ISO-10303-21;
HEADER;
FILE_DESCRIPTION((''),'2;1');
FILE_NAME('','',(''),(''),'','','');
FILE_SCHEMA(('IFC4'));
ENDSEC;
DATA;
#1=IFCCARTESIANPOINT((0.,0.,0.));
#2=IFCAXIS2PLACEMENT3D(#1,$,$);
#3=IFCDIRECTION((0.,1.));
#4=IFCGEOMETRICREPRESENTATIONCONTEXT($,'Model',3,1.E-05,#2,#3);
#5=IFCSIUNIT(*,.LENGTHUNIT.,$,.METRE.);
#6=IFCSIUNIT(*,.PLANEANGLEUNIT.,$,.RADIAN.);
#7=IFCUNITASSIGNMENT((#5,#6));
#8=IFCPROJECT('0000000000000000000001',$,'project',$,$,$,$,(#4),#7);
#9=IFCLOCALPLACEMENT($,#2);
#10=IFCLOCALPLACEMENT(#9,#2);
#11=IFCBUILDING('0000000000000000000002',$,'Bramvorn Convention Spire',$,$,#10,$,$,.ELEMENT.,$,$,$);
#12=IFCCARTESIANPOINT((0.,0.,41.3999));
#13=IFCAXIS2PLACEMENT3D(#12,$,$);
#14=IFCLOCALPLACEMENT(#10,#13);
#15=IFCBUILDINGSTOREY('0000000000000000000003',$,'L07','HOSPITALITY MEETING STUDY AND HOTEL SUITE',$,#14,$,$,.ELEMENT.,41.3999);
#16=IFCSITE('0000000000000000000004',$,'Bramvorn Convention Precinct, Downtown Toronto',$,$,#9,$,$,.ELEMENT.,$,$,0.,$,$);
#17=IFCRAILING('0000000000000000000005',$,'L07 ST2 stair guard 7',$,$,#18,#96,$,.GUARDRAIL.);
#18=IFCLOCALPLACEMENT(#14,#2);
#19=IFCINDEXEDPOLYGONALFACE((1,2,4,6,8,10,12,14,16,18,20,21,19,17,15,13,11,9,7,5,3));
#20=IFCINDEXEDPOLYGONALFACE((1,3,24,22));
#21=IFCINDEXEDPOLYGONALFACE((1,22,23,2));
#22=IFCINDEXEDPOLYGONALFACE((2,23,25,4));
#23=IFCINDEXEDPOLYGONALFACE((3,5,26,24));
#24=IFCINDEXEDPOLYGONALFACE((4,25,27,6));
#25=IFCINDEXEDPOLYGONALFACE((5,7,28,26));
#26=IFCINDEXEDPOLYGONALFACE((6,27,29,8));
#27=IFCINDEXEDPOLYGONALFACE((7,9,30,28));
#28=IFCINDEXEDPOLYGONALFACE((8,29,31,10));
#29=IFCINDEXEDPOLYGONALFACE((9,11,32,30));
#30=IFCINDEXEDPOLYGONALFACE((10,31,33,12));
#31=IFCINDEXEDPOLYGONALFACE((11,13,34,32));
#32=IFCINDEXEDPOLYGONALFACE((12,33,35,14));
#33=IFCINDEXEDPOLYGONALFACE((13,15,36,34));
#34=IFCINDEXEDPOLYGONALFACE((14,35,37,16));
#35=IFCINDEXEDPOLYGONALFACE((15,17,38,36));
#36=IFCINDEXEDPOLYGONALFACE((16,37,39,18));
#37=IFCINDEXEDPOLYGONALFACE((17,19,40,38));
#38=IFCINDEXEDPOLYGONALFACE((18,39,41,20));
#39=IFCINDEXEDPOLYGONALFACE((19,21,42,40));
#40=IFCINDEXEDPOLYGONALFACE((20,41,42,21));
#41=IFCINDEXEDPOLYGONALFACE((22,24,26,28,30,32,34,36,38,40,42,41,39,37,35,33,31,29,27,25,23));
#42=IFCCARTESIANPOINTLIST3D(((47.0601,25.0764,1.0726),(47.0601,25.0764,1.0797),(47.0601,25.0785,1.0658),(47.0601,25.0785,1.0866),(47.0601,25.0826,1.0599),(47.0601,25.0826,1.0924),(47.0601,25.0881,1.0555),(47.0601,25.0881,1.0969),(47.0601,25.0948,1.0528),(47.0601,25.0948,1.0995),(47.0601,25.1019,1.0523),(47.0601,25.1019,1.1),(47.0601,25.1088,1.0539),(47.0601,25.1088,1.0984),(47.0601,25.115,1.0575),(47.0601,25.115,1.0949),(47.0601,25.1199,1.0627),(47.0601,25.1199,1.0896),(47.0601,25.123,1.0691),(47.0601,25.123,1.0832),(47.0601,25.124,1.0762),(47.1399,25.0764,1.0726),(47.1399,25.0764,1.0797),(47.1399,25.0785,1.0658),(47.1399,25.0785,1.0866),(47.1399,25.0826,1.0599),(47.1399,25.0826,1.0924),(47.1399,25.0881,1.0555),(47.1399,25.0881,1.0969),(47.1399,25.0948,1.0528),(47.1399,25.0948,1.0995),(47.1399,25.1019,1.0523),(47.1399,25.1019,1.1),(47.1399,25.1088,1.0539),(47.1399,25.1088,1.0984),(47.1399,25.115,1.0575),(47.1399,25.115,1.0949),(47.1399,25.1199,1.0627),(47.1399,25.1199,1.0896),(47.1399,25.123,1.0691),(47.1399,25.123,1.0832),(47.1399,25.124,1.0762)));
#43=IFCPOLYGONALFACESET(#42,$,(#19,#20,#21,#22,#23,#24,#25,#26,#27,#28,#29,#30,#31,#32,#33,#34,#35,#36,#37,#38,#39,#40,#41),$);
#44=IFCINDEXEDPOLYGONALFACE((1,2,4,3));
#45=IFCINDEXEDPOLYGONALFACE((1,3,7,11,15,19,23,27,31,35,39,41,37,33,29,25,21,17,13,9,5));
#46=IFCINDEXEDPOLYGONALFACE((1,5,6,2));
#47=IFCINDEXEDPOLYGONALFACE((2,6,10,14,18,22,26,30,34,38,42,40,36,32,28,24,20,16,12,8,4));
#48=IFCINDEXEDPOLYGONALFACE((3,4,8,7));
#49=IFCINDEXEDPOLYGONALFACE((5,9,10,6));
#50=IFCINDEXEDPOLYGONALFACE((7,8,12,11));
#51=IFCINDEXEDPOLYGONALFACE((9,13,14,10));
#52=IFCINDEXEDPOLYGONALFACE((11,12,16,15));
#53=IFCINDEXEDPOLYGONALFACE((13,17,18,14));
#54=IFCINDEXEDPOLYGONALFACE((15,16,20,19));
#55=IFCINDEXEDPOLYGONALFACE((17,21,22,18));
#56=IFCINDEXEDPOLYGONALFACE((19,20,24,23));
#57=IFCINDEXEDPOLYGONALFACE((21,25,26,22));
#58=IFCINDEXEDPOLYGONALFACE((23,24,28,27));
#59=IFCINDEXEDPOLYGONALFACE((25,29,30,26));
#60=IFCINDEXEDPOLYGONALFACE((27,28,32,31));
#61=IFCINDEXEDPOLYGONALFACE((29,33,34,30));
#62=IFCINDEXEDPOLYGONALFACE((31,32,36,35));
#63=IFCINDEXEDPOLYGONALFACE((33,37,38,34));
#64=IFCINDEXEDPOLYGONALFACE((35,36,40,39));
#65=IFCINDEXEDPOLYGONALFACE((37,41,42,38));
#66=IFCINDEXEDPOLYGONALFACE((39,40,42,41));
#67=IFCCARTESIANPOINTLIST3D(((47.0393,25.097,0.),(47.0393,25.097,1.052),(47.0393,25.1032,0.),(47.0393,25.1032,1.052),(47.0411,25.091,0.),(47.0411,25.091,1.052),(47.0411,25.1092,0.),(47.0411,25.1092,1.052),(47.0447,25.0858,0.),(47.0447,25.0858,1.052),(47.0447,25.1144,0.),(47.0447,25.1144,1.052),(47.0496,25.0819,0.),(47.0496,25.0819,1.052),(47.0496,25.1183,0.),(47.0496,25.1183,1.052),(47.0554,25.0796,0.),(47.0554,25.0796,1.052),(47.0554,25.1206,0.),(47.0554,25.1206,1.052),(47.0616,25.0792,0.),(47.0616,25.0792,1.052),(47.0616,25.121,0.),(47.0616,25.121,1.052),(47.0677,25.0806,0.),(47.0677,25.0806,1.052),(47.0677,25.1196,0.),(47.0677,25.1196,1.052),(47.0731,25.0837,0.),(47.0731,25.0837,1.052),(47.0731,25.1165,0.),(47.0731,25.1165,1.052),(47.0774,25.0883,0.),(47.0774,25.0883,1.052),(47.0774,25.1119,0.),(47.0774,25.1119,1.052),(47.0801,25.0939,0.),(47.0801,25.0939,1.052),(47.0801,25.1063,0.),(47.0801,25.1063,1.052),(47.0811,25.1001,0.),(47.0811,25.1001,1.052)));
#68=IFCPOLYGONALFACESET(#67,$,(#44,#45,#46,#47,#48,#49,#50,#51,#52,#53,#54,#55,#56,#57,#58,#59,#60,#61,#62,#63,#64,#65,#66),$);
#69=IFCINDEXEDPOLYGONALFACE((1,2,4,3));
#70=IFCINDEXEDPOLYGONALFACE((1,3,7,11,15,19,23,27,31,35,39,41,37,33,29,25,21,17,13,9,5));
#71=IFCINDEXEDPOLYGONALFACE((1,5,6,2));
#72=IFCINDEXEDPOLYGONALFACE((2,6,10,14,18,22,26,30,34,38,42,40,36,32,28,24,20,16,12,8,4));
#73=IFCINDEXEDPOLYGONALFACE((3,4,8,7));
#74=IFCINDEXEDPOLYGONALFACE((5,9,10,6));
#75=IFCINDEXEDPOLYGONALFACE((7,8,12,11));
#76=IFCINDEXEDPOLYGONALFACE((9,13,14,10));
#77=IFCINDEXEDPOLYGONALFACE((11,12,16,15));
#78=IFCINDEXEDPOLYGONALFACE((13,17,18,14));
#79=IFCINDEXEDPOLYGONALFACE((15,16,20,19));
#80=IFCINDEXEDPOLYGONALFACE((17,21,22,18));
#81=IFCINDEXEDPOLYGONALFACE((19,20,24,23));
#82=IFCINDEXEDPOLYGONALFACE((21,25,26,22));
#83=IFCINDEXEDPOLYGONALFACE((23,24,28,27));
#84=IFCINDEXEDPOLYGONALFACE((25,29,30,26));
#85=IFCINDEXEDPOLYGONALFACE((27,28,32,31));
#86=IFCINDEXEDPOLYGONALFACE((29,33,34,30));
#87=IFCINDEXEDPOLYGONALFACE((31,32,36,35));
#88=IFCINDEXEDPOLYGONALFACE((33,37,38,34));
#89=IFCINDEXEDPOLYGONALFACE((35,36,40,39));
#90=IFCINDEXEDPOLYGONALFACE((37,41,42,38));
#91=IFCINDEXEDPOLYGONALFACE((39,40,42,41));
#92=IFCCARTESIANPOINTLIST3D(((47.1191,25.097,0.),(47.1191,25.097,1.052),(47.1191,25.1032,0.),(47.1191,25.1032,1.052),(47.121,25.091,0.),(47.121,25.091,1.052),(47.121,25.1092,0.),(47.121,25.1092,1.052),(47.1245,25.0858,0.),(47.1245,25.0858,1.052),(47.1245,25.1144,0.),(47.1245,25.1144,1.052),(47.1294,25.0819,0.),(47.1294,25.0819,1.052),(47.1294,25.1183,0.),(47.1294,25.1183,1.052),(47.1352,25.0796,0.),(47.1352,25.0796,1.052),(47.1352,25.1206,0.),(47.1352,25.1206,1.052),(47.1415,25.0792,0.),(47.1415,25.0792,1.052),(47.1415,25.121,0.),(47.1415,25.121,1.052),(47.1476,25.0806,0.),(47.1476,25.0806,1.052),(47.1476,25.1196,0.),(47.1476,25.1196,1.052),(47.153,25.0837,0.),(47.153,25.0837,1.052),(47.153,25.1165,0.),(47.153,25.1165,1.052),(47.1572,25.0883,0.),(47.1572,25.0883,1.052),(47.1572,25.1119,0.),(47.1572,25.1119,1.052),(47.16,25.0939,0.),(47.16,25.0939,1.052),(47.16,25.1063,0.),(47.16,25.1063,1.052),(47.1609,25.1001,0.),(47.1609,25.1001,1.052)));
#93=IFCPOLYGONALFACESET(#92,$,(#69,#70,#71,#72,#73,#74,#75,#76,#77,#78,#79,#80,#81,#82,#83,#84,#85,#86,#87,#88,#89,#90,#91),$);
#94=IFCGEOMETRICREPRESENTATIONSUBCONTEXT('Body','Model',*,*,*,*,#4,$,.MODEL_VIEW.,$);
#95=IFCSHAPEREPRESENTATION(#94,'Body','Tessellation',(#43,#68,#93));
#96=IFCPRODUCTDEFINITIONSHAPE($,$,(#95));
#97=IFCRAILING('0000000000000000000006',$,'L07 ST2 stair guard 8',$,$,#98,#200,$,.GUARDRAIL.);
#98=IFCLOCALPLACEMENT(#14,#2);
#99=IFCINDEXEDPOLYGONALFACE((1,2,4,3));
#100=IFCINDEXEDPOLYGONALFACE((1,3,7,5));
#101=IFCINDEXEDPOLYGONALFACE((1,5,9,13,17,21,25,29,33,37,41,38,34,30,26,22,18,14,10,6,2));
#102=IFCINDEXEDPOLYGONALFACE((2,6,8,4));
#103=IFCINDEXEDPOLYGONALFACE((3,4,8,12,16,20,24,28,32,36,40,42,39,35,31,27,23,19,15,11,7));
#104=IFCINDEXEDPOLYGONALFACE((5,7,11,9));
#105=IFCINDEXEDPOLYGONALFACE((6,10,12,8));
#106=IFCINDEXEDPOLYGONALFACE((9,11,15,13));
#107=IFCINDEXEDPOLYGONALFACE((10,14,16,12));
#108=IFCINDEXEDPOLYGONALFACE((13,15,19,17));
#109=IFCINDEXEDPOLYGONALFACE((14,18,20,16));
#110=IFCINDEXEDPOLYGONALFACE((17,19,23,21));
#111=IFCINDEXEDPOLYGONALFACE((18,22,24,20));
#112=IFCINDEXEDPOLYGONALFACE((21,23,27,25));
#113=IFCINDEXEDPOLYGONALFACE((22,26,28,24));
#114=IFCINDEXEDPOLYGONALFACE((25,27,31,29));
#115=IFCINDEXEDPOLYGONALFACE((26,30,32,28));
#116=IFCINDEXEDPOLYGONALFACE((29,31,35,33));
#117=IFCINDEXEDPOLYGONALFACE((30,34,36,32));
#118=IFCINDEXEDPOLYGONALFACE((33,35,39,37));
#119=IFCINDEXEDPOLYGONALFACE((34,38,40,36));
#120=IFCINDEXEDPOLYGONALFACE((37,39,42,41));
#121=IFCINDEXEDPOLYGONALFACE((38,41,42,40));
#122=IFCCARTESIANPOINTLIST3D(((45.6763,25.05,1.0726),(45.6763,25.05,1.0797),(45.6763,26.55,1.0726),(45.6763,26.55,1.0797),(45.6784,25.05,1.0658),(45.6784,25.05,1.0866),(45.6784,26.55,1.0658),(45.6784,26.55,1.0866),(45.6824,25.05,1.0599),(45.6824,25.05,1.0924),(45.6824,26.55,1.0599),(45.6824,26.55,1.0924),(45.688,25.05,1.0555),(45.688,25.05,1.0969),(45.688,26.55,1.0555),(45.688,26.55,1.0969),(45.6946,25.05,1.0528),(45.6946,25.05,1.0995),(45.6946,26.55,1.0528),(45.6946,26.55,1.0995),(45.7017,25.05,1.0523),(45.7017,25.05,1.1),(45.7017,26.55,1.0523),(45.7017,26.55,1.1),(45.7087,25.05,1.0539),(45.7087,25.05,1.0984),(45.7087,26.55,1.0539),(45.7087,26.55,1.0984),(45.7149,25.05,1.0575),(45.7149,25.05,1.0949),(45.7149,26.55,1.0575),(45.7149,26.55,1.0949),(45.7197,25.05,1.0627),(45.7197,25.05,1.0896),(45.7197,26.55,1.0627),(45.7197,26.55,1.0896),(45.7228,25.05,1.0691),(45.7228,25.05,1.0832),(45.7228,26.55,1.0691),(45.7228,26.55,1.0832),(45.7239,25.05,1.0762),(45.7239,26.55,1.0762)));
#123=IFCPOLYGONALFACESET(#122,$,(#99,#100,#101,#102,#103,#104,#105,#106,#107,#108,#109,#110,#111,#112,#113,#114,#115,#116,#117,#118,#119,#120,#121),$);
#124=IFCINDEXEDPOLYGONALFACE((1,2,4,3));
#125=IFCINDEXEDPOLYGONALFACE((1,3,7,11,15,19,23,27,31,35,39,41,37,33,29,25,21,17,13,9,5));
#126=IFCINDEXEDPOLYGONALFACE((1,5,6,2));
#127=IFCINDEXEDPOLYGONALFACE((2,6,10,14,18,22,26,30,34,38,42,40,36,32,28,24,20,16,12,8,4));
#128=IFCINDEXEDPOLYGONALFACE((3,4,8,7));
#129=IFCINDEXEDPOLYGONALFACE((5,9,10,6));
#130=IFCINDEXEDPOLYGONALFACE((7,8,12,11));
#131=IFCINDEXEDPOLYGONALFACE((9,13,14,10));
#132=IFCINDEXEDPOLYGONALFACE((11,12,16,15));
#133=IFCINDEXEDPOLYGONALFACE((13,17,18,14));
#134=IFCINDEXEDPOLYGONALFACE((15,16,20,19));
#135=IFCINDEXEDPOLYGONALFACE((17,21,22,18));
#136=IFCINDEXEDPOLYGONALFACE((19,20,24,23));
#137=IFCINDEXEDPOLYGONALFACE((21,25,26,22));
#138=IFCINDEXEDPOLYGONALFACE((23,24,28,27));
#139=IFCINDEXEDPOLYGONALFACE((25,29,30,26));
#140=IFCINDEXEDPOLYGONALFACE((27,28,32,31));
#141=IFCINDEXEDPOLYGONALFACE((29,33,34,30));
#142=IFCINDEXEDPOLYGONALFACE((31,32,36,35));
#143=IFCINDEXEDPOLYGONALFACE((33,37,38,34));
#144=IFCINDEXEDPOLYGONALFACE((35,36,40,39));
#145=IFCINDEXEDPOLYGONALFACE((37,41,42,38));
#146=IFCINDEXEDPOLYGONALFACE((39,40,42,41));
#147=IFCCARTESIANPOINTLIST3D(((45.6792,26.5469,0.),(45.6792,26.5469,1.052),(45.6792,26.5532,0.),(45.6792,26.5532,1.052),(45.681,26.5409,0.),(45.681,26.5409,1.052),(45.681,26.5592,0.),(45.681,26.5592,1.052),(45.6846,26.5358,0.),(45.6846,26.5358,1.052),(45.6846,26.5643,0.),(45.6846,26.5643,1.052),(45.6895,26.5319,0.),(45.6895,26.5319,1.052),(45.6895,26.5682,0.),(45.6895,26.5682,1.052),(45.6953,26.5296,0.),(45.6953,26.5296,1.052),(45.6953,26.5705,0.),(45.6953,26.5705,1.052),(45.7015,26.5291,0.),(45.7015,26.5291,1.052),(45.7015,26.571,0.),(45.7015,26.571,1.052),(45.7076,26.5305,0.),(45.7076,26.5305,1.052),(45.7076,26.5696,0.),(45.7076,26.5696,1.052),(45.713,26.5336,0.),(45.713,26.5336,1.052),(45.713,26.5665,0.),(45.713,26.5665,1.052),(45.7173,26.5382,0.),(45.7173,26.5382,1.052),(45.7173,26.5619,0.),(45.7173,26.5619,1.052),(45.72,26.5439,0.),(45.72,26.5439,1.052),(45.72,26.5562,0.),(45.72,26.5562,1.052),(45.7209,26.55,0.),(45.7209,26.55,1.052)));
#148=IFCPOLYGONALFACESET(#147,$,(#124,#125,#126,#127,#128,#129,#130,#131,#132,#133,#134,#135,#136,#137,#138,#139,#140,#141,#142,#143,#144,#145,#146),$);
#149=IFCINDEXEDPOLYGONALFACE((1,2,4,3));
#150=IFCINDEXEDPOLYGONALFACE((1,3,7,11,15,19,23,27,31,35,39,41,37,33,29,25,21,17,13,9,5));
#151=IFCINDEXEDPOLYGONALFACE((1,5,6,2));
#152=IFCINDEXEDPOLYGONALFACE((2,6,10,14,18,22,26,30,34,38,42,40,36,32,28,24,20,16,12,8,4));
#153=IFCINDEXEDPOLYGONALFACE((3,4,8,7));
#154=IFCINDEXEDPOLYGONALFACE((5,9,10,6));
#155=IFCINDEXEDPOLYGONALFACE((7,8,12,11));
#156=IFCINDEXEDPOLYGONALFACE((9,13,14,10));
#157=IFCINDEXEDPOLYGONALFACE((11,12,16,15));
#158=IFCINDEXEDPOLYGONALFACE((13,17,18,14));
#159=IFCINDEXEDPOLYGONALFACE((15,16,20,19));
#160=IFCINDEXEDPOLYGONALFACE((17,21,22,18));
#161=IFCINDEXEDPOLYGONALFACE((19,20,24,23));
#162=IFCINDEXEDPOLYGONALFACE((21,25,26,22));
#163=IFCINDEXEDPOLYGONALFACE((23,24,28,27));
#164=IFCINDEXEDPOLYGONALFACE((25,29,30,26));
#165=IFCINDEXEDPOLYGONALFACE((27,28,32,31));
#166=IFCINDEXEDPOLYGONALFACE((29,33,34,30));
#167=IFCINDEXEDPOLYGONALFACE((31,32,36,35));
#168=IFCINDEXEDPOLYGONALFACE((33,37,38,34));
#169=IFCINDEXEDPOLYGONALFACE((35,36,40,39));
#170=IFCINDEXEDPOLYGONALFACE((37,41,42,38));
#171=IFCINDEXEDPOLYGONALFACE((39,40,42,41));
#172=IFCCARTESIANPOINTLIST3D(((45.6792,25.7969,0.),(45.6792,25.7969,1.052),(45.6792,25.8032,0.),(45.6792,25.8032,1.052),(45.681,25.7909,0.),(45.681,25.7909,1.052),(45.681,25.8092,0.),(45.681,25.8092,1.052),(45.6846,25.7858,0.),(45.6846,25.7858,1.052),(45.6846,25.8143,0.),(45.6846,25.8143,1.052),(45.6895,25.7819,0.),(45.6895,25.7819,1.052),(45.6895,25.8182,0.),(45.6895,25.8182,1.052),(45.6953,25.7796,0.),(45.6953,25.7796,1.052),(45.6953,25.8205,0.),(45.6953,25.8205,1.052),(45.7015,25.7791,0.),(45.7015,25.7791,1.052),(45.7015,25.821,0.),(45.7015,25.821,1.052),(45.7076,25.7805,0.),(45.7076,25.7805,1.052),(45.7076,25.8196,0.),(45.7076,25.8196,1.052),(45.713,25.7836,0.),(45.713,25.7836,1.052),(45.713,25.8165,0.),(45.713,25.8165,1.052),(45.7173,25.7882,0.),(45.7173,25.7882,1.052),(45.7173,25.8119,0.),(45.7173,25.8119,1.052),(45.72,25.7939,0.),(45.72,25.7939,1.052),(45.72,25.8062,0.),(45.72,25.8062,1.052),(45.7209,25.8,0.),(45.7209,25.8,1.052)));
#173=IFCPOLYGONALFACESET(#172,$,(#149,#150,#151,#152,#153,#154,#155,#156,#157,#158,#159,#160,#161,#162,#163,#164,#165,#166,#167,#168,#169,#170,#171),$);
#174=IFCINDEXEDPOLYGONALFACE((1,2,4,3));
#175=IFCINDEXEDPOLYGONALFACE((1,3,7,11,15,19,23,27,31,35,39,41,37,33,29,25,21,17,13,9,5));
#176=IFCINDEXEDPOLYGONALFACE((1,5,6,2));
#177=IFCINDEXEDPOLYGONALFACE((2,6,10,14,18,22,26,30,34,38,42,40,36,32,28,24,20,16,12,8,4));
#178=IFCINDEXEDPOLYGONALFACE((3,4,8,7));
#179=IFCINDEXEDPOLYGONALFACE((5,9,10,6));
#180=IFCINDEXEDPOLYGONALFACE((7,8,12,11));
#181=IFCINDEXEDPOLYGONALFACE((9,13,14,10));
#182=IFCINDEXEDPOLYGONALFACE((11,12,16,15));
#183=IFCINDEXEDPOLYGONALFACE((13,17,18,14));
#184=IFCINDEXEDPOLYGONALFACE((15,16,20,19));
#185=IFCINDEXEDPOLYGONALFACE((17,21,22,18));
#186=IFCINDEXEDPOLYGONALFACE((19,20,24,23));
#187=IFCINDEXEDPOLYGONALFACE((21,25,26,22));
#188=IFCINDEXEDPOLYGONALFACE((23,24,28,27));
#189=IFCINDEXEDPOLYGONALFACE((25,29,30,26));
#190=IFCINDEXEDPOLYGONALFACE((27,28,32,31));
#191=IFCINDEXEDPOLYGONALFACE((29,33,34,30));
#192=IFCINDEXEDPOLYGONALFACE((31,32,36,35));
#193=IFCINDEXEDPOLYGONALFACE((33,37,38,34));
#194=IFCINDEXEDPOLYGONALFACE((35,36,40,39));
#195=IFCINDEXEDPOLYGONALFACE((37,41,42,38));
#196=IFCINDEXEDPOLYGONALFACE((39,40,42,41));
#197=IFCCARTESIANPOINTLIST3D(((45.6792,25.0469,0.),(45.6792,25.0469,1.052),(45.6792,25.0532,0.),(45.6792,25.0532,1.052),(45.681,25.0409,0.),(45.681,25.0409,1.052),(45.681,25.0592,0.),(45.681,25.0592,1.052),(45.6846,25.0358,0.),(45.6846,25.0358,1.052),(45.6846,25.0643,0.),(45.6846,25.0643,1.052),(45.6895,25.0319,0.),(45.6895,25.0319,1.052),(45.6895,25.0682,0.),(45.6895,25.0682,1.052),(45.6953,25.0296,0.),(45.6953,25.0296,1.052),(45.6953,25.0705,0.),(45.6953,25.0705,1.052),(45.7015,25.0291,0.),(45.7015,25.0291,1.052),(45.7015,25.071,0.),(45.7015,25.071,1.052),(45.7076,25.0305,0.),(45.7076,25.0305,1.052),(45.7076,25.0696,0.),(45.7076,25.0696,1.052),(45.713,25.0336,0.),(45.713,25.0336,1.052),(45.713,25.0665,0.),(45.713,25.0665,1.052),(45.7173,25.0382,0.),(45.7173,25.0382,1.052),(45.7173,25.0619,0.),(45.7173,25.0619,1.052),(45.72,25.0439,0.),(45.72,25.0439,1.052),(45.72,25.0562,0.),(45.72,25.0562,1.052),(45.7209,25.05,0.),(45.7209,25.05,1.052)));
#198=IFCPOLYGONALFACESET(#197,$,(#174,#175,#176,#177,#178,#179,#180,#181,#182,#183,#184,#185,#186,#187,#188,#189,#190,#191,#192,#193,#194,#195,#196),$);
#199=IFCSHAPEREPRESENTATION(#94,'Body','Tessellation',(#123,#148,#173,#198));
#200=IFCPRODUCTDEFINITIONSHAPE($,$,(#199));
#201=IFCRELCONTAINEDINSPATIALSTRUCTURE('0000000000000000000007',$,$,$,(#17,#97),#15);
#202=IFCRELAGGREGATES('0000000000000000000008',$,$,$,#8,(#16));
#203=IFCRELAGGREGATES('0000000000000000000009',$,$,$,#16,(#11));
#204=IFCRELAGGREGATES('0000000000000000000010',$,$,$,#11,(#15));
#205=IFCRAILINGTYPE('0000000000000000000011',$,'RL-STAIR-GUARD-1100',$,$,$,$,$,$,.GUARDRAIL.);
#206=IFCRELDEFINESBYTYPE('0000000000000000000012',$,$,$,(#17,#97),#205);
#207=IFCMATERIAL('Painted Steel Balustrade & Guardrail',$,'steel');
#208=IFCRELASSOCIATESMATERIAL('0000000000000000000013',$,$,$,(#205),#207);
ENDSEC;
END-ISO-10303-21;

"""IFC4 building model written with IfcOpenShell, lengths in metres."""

from ifc_helpers import new_model, si_unit, direction, frame, origin, origin_2d, place, context, subcontext, project, spatial, circle, extrude, material, type_object, element, save


model = new_model("IFC4")

# Units and contexts
model_context = context("Model", 3, precision=1e-05, world=origin(), true_north=direction((0.0, 1.0)))
body_context = subcontext(model_context, "Body", "Model", "MODEL_VIEW")
ifc_project = project(units=[si_unit("LENGTHUNIT", "METRE"), si_unit("PLANEANGLEUNIT", "RADIAN")], contexts=[model_context])

# Site, building, storey
site_placement = place(None, origin())
site = spatial("IfcSite", under=ifc_project, at=site_placement, Name="Bramvorn Convention Precinct, Downtown Toronto", CompositionType="ELEMENT", RefElevation=0.0)
building_placement = place(site_placement, origin())
building = spatial("IfcBuilding", under=site, at=building_placement, Name="Bramvorn Convention Spire", CompositionType="ELEMENT")
storey_placement = place(building_placement, frame((0.0, 0.0, 41.3999)))
storey = spatial("IfcBuildingStorey", under=building, at=storey_placement, Name="L07", Description="HOSPITALITY MEETING STUDY AND HOTEL SUITE", CompositionType="ELEMENT", Elevation=41.3999)

# Railings
ifc_material_1 = material(Name="Painted Steel Balustrade & Guardrail", Category="steel")
railing_type_1 = type_object("IfcRailingType", Name="RL-STAIR-GUARD-1100", PredefinedType="GUARDRAIL", material=ifc_material_1)
railing_1_placement = place(storey_placement, frame((47.0601, 25.1001, 0.0)))
element("IfcRailing", 1, at=railing_1_placement, inside=storey, type_object=railing_type_1, Name="L07 ST2 stair guard 7", PredefinedType="GUARDRAIL", context=body_context, shape_type="SweptSolid", body=[
    extrude(circle(Radius=0.0239, at=origin_2d()), frame((0.0, 0.0, 1.0762), z_axis=(1.0, 0.0, 0.0), x_axis=(0.0, 1.0, 0.0)), (0.0, 0.0, 1.0), 0.0798),
    extrude(circle(Radius=0.021, at=origin_2d()), origin(), (0.0, 0.0, 1.0), 1.052),
    extrude(circle(Radius=0.021, at=origin_2d()), frame((0.0798, 0.0, 0.0)), (0.0, 0.0, 1.0), 1.052),
])
for number, where, name in (
    (2, (45.7, 26.55, 0.0), "L07 ST2 stair guard 8"),
):
    element("IfcRailing", number, at=place(storey_placement, frame(where)), inside=storey, type_object=railing_type_1, Name=name, PredefinedType="GUARDRAIL", context=body_context, shape_type="SweptSolid", body=[
        extrude(circle(Radius=0.0239, at=origin_2d()), frame((0.0, 0.0, 1.0762), z_axis=(0.0, -1.0, 0.0), x_axis=(1.0, 0.0, 0.0)), (0.0, 0.0, 1.0), 1.5),
        extrude(circle(Radius=0.021, at=origin_2d()), origin(), (0.0, 0.0, 1.0), 1.052),
        extrude(circle(Radius=0.021, at=origin_2d()), frame((0.0, -0.75, 0.0)), (0.0, 0.0, 1.0), 1.052),
        extrude(circle(Radius=0.021, at=origin_2d()), frame((0.0, -1.5, 0.0)), (0.0, 0.0, 1.0), 1.052),
    ])

save(model, "model.ifc")
